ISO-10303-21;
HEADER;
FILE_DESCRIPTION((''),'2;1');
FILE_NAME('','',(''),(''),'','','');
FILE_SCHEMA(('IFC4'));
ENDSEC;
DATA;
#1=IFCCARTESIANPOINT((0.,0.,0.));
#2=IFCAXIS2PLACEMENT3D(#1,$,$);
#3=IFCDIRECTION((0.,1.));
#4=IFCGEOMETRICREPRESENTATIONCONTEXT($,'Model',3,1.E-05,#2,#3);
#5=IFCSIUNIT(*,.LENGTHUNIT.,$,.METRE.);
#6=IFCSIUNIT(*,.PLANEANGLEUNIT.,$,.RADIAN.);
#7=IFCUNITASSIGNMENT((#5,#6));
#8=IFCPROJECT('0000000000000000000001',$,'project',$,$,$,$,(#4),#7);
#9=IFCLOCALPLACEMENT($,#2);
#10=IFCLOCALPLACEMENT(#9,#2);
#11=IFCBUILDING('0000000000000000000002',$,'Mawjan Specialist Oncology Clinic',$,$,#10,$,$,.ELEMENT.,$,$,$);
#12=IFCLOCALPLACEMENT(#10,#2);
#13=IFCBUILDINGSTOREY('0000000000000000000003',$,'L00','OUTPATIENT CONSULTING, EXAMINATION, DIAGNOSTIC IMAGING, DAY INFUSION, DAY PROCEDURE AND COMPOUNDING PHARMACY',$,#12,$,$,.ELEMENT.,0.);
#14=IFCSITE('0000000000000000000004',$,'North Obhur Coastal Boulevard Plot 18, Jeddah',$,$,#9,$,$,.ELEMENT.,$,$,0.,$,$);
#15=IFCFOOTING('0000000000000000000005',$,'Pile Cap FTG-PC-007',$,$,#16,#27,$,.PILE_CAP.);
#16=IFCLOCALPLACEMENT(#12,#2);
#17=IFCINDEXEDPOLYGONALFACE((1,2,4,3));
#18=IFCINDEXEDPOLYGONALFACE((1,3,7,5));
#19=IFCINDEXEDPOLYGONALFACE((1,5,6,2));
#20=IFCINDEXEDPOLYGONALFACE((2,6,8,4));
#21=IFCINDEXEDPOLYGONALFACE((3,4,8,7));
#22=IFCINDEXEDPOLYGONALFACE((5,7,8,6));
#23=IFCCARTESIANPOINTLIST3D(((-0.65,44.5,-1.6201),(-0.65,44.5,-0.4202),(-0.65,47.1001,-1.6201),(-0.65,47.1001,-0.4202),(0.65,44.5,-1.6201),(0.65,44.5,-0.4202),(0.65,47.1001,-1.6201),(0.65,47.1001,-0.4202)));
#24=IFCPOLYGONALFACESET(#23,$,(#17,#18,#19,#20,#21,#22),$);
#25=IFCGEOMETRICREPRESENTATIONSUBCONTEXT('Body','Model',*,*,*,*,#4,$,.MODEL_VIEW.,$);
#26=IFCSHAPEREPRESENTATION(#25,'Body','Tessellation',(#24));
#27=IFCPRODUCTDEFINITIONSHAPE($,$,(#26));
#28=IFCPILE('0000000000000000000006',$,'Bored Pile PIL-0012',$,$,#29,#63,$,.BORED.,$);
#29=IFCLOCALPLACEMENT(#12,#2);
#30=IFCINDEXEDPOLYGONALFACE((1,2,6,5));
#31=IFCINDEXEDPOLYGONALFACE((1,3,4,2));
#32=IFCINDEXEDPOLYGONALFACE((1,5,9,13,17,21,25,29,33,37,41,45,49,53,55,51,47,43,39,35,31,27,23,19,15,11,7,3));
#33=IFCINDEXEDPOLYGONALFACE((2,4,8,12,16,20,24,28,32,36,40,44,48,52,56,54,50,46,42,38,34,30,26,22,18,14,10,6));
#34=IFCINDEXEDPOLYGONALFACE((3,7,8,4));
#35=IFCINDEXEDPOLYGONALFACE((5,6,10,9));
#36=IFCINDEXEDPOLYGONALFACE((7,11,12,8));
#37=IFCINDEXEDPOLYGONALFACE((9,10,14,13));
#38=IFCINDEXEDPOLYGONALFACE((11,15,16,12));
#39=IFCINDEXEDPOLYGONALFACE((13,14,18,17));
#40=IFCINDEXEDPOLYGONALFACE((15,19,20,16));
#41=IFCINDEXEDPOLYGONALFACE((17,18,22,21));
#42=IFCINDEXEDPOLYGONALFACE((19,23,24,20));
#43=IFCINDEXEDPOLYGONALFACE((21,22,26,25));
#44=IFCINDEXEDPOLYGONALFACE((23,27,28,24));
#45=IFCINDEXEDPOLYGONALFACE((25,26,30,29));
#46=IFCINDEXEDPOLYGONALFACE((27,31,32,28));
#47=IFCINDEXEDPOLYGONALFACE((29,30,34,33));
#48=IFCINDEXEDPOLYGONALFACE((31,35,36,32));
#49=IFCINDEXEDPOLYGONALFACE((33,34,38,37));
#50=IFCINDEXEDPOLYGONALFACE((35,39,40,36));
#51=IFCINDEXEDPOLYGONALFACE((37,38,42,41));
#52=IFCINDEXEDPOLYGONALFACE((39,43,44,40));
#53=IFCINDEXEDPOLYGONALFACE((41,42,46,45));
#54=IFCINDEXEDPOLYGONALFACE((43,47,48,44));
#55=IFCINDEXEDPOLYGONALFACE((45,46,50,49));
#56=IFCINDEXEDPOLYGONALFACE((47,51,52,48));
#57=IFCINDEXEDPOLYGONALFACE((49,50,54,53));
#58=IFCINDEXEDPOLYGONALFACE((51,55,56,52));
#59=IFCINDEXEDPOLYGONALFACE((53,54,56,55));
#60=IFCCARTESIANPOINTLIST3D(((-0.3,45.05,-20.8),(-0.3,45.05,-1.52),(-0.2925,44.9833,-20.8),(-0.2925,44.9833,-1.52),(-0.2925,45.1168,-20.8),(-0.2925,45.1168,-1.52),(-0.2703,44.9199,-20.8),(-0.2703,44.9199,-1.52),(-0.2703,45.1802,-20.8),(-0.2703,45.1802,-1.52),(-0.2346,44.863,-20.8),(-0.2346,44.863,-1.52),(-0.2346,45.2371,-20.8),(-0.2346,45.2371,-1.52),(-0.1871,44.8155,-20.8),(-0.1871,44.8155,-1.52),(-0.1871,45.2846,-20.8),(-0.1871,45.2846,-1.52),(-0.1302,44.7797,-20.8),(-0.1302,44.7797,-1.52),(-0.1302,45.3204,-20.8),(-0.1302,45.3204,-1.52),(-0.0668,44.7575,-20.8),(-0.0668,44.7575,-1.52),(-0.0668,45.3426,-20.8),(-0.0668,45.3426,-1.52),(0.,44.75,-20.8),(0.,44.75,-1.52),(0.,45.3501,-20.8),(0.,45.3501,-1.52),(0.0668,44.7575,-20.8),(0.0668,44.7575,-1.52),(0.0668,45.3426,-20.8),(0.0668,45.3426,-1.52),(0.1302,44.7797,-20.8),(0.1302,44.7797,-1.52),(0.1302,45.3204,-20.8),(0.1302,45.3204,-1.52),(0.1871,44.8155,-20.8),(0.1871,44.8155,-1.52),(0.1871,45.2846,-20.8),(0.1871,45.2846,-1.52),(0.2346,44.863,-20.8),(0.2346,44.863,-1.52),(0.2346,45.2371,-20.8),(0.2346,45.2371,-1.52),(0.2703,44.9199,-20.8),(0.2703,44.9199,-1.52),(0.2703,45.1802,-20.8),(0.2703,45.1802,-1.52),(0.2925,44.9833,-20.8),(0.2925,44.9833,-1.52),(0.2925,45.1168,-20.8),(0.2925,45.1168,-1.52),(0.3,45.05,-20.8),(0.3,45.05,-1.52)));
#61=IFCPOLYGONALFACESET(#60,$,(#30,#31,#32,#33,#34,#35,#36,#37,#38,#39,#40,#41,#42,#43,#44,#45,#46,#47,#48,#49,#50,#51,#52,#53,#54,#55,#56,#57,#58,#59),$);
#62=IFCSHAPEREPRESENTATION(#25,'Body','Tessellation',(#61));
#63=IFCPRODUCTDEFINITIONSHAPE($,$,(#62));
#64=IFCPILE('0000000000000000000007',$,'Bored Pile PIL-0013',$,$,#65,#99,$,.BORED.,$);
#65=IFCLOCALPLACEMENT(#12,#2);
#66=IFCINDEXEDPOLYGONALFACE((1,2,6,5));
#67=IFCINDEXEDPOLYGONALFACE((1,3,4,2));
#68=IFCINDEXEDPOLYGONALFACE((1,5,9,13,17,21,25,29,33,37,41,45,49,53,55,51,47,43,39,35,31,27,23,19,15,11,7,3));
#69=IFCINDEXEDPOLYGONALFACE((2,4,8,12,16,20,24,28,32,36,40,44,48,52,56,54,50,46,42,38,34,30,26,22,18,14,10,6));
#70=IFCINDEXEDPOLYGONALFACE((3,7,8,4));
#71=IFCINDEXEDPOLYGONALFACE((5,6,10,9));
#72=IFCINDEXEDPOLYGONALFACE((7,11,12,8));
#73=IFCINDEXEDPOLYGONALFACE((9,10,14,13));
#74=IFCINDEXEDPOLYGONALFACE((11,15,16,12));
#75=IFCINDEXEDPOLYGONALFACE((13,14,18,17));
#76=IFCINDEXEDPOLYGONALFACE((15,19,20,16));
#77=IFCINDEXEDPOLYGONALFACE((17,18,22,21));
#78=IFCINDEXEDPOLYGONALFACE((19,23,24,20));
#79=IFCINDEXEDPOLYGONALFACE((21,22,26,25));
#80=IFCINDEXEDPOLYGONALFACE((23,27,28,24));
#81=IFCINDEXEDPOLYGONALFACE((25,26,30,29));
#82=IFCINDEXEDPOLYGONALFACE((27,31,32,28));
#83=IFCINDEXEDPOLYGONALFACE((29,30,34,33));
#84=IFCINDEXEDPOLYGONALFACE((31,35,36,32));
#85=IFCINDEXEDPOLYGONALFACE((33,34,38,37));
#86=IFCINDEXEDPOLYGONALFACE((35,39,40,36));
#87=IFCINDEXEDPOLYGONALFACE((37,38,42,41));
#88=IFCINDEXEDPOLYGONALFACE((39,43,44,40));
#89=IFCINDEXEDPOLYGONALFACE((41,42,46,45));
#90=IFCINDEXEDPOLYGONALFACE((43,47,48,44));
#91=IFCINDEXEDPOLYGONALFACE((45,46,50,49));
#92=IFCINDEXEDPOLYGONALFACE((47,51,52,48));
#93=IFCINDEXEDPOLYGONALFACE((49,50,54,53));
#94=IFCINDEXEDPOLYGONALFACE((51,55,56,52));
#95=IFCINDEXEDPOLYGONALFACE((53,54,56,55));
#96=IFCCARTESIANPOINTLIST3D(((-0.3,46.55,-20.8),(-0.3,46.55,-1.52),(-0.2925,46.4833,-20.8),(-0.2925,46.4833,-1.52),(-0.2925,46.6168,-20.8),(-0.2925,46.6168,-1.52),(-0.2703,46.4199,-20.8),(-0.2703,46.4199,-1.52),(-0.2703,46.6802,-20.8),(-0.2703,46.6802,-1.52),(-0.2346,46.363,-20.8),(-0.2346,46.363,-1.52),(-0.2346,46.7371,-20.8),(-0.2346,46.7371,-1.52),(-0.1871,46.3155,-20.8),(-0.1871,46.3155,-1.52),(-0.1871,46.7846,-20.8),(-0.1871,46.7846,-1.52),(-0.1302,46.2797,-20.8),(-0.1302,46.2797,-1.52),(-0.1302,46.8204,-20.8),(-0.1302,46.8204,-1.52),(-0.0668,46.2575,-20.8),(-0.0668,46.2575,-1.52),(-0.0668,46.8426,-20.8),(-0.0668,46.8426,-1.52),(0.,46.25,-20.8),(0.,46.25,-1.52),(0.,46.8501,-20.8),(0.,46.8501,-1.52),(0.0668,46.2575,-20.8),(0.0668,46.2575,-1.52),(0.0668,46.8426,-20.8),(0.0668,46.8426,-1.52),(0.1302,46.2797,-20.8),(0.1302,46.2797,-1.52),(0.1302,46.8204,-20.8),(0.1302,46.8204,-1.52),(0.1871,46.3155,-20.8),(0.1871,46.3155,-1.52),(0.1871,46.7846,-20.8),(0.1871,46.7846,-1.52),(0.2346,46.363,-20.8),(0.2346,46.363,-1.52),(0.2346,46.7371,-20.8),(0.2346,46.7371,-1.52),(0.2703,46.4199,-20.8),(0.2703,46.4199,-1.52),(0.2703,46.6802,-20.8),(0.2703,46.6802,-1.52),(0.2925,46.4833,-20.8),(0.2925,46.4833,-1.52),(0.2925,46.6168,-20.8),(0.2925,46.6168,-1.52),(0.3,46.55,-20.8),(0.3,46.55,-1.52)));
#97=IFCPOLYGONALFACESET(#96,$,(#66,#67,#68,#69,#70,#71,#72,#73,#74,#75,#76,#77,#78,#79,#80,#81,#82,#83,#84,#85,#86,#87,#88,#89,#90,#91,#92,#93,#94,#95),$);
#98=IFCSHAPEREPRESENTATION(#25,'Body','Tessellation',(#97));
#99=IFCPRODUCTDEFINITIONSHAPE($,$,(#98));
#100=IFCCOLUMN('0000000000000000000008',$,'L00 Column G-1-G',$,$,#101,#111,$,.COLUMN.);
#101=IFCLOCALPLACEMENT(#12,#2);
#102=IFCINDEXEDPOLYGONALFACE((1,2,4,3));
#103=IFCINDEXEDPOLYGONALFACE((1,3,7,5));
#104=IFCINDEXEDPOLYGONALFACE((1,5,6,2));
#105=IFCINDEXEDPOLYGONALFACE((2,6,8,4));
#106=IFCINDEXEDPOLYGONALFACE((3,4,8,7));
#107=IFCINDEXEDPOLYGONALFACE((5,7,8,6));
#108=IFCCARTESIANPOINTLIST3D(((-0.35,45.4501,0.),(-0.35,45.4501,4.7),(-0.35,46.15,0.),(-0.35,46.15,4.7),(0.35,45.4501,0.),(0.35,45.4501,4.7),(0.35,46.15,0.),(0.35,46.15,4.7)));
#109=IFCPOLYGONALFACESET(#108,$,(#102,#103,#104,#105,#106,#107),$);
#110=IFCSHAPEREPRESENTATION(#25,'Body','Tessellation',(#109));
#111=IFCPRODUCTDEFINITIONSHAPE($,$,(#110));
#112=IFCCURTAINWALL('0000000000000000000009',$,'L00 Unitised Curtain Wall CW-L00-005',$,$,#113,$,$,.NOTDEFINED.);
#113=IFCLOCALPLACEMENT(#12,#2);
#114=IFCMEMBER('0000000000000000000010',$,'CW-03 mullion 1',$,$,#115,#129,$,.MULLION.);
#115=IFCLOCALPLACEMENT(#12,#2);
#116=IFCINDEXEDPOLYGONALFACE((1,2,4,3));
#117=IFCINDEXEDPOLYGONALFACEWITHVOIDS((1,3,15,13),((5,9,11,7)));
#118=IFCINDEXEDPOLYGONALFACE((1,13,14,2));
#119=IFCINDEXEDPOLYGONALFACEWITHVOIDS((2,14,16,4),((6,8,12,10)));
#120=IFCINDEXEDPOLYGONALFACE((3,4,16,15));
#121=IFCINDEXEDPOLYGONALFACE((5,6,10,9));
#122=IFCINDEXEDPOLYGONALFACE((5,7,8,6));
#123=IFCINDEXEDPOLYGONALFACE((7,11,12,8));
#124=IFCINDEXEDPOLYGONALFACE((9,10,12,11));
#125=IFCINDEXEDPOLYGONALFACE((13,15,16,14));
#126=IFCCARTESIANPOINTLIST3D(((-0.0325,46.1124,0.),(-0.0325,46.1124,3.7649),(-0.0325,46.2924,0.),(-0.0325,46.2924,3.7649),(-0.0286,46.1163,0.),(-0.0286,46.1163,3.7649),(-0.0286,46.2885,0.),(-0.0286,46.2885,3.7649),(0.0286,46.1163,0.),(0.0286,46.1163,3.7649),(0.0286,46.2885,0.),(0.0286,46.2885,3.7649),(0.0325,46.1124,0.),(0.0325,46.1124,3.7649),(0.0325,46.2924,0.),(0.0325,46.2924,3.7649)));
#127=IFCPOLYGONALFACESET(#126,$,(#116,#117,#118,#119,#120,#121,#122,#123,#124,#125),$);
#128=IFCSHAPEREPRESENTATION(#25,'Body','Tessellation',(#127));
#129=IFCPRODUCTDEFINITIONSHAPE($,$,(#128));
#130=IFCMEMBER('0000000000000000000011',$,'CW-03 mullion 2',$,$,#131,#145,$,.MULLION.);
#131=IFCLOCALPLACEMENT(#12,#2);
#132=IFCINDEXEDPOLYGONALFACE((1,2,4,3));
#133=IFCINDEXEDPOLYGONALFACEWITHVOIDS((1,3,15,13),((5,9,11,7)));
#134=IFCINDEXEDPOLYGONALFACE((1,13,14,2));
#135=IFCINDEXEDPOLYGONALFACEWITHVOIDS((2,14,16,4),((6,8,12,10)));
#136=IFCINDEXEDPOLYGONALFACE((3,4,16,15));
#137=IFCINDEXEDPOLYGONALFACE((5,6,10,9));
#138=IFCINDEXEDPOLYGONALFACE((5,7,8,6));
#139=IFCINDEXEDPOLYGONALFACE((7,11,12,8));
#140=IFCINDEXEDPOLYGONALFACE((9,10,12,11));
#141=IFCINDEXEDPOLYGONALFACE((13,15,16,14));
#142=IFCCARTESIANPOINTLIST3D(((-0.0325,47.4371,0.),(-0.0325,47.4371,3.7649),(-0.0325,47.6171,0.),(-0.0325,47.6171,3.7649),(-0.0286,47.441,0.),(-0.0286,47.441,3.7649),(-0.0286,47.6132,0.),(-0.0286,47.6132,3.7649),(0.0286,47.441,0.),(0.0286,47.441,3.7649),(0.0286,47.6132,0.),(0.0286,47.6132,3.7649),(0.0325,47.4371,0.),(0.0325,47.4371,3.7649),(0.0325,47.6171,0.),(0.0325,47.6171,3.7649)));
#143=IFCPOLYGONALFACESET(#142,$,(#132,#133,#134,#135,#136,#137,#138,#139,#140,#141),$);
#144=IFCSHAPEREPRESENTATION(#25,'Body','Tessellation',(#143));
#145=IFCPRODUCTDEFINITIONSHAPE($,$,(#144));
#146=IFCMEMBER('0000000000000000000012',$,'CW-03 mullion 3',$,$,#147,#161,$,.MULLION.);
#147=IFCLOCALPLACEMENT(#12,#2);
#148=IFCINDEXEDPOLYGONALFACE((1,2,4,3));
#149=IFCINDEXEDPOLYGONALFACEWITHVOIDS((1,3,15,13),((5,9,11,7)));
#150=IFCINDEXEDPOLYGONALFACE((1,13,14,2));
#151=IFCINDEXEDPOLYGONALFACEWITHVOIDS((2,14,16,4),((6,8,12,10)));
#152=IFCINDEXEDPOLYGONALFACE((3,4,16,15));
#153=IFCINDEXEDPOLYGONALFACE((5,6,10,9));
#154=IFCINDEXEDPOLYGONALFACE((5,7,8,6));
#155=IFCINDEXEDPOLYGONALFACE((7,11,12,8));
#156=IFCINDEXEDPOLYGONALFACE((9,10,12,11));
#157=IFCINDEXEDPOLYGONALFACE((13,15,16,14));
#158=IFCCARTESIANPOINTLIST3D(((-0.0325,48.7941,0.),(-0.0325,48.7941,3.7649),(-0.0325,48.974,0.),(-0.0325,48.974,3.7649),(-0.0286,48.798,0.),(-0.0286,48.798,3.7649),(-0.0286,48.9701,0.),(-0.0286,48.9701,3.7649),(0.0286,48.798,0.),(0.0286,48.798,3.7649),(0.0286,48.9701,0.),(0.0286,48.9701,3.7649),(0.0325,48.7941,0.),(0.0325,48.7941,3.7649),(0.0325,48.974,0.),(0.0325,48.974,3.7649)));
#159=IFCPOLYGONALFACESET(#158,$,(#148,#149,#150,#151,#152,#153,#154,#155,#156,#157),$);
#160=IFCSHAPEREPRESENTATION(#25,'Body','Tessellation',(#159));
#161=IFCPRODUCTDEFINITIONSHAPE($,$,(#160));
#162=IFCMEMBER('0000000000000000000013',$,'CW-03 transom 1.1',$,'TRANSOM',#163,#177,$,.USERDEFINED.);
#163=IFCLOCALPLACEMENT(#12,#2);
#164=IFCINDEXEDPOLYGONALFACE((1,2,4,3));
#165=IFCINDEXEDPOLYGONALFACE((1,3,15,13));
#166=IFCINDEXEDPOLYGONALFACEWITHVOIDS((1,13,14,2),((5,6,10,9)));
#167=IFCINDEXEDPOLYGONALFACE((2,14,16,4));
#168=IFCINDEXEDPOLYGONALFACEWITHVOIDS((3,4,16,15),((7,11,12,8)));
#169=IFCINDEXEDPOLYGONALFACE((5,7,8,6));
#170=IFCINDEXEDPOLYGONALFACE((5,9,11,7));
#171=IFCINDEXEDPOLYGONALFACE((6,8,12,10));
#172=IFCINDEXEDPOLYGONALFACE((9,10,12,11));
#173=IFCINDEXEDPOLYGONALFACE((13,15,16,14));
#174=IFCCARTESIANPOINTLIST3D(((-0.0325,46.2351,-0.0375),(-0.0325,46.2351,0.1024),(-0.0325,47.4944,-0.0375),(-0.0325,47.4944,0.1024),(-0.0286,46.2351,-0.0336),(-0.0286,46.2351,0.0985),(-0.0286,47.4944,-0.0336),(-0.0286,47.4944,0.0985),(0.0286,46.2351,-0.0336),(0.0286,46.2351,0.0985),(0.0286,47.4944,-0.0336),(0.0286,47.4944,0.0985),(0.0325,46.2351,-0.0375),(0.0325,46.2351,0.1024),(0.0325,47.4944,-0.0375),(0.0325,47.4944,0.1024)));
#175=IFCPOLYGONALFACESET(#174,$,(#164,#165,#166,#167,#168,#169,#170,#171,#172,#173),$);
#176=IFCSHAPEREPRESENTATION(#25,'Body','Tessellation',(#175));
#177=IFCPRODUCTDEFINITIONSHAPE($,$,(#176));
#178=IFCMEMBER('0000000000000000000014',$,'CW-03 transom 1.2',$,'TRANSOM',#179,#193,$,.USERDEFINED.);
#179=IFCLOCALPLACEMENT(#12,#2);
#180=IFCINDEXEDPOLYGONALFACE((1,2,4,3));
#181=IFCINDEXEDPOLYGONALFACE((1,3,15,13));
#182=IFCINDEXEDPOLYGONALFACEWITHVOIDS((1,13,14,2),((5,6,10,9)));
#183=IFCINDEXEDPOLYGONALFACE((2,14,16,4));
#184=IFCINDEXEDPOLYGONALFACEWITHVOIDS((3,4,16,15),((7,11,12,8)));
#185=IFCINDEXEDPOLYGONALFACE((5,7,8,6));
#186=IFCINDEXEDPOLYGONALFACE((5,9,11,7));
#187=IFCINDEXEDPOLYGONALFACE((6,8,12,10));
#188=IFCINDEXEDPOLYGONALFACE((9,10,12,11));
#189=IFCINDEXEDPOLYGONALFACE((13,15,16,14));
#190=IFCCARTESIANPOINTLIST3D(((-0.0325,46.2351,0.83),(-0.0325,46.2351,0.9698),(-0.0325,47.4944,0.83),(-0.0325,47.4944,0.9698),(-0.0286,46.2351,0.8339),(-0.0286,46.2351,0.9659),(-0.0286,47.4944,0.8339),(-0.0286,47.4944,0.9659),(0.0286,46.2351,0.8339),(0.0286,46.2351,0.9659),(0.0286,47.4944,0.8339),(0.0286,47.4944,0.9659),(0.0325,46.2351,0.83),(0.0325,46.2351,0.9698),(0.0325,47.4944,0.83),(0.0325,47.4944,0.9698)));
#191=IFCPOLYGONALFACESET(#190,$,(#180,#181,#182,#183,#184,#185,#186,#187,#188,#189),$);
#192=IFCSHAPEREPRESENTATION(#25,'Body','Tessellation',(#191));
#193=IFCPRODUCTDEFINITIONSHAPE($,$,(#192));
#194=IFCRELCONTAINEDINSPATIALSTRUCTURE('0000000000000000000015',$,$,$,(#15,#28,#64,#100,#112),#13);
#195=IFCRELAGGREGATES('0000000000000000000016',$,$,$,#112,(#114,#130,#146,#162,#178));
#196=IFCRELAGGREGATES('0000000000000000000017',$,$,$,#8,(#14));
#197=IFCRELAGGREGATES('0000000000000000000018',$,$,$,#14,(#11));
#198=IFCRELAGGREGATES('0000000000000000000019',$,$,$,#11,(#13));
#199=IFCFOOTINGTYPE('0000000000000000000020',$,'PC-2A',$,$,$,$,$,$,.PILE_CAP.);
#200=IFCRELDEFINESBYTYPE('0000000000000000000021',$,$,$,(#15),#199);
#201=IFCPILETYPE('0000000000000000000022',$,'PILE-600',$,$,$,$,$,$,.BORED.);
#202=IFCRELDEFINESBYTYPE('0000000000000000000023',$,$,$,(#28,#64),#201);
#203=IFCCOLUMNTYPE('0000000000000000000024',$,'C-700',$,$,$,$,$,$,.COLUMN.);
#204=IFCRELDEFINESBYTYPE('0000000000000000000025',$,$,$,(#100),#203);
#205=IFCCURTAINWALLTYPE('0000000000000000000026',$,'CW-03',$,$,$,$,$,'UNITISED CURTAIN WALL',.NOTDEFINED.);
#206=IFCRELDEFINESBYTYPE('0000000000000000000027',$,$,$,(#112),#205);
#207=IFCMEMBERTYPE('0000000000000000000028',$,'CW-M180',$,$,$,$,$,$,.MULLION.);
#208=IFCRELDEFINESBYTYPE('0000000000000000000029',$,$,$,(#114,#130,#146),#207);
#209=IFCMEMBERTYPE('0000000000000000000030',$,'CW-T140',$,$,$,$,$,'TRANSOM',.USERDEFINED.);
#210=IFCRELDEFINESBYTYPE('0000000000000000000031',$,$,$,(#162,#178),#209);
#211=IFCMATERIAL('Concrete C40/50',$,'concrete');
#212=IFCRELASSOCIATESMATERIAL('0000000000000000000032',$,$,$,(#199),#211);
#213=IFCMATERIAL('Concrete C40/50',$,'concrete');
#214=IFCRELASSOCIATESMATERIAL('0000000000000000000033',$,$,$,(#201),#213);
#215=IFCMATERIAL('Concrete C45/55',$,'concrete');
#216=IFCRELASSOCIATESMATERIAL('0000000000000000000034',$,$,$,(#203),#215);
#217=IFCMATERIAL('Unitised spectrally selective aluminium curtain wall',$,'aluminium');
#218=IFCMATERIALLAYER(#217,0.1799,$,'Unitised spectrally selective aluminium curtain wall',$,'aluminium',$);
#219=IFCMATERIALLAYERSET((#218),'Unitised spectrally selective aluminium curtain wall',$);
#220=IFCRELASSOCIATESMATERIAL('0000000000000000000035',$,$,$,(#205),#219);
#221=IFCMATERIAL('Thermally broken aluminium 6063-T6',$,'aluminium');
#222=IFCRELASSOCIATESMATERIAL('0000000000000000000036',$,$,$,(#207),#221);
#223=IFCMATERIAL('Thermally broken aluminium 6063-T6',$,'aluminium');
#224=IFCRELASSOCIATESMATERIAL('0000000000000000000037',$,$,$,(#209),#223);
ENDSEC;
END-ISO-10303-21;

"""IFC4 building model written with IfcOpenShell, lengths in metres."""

from ifc_helpers import new_model, si_unit, direction, frame, origin, origin_2d, place, context, subcontext, project, spatial, rectangle, hollow_rectangle, circle, extrude, material, layer, layer_set, material_profile, profile_set, type_object, element, aggregate, save


model = new_model("IFC4")

# Units and contexts
model_context = context("Model", 3, precision=1e-05, world=origin(), true_north=direction((0.0, 1.0)))
body_context = subcontext(model_context, "Body", "Model", "MODEL_VIEW")
ifc_project = project(units=[si_unit("LENGTHUNIT", "METRE"), si_unit("PLANEANGLEUNIT", "RADIAN")], contexts=[model_context])

# Site, building, storey
site_placement = place(None, origin())
site = spatial("IfcSite", under=ifc_project, at=site_placement, Name="North Obhur Coastal Boulevard Plot 18, Jeddah", CompositionType="ELEMENT", RefElevation=0.0)
building_placement = place(site_placement, origin())
building = spatial("IfcBuilding", under=site, at=building_placement, Name="Mawjan Specialist Oncology Clinic", CompositionType="ELEMENT")
storey_placement = place(building_placement, origin())
storey = spatial("IfcBuildingStorey", under=building, at=storey_placement, Name="L00", Description="OUTPATIENT CONSULTING, EXAMINATION, DIAGNOSTIC IMAGING, DAY INFUSION, DAY PROCEDURE AND COMPOUNDING PHARMACY", CompositionType="ELEMENT", Elevation=0.0)

# Footing
ifc_material_1 = material(Name="Concrete C40/50", Category="concrete")
footing_type = type_object("IfcFootingType", Name="PC-2A", PredefinedType="PILE_CAP", material=ifc_material_1)
footing_placement = place(storey_placement, frame((0.0, 45.8, -1.6201), z_axis=(0.0, 0.0, 1.0), x_axis=(0.0, 1.0, 0.0)))
element("IfcFooting", 1, at=footing_placement, inside=storey, type_object=footing_type, Name="Pile Cap FTG-PC-007", PredefinedType="PILE_CAP", context=body_context, shape_type="SweptSolid", body=[
    extrude(rectangle(XDim=2.6001, YDim=1.3, at=origin_2d()), origin(), (0.0, 0.0, 1.0), 1.2),
])

# Piles
ifc_material_2 = material(Name="Concrete C40/50", Category="concrete")
ifc_material_profile_1 = material_profile(ifc_material_2, circle(Radius=0.3, at=origin_2d()), Name="BORED PILE D600", Category="concrete")
ifc_profile_set_1 = profile_set([ifc_material_profile_1], Name="Concrete C40/50")
pile_type = type_object("IfcPileType", Name="PILE-600", PredefinedType="BORED", material=ifc_profile_set_1)
for number, where, z_axis, x_axis, name in (
    (2, (0.0, 45.05, -1.52), (0.0, 0.0, -1.0), (1.0, 0.0, 0.0), "Bored Pile PIL-0012"),
    (3, (0.0, 46.55, -1.52), (0.0, 0.0, -1.0), (1.0, 0.0, 0.0), "Bored Pile PIL-0013"),
):
    element("IfcPile", number, at=place(storey_placement, frame(where, z_axis=z_axis, x_axis=x_axis)), inside=storey, type_object=pile_type, Name=name, PredefinedType="BORED", context=body_context, shape_type="SweptSolid", body=[
        extrude(circle(Radius=0.3, at=origin_2d()), origin(), (0.0, 0.0, 1.0), 19.28),
    ])

# Column
ifc_material_3 = material(Name="Concrete C45/55", Category="concrete")
ifc_material_profile_2 = material_profile(ifc_material_3, rectangle(XDim=0.7, YDim=0.7, at=origin_2d()), Name="RC COL 700x700", Category="concrete")
ifc_profile_set_2 = profile_set([ifc_material_profile_2], Name="Concrete C45/55")
column_type = type_object("IfcColumnType", Name="C-700", PredefinedType="COLUMN", material=ifc_profile_set_2)
column_placement = place(storey_placement, frame((0.0, 45.8, 0.0), z_axis=(0.0, 0.0, 1.0), x_axis=(1.0, 0.0, 0.0)))
element("IfcColumn", 4, at=column_placement, inside=storey, type_object=column_type, Name="L00 Column G-1-G", PredefinedType="COLUMN", context=body_context, shape_type="SweptSolid", body=[
    extrude(rectangle(XDim=0.7, YDim=0.7, at=origin_2d()), origin(), (0.0, 0.0, 1.0), 4.7),
])

# Curtain wall, members
ifc_material_4 = material(Name="Unitised spectrally selective aluminium curtain wall", Category="aluminium")
ifc_layer_1 = layer(ifc_material_4, 0.1799, Name="Unitised spectrally selective aluminium curtain wall", Category="aluminium")
ifc_layer_set_1 = layer_set([ifc_layer_1], Name="Unitised spectrally selective aluminium curtain wall")
curtain_wall_type = type_object("IfcCurtainWallType", Name="CW-03", ElementType="UNITISED CURTAIN WALL", PredefinedType="NOTDEFINED", material=ifc_layer_set_1)
curtain_wall_placement = place(storey_placement, origin())
curtain_wall = element("IfcCurtainWall", 5, at=curtain_wall_placement, inside=storey, type_object=curtain_wall_type, Name="L00 Unitised Curtain Wall CW-L00-005", PredefinedType="NOTDEFINED")
ifc_material_5 = material(Name="Thermally broken aluminium 6063-T6", Category="aluminium")
ifc_material_profile_3 = material_profile(ifc_material_5, hollow_rectangle(XDim=0.0649, YDim=0.1799, WallThickness=0.0039, at=origin_2d()), Name="ALU MULLION 180x65x4", Category="aluminium")
ifc_profile_set_3 = profile_set([ifc_material_profile_3], Name="Thermally broken aluminium 6063-T6")
member_type_1 = type_object("IfcMemberType", Name="CW-M180", PredefinedType="MULLION", material=ifc_profile_set_3)
member_1_placement = place(storey_placement, frame((0.0, 46.2024, 0.0), z_axis=(0.0, 0.0, 1.0), x_axis=(-1.0, 0.0, 0.0)))
member_1 = element("IfcMember", 6, at=member_1_placement, type_object=member_type_1, Name="CW-03 mullion 1", PredefinedType="MULLION", context=body_context, shape_type="SweptSolid", body=[
    extrude(hollow_rectangle(XDim=0.0649, YDim=0.1799, WallThickness=0.0039, at=origin_2d()), origin(), (0.0, 0.0, 1.0), 3.7649),
])
member_2_placement = place(storey_placement, frame((0.0, 47.5271, 0.0), z_axis=(0.0, 0.0, 1.0), x_axis=(-1.0, 0.0, 0.0)))
member_2 = element("IfcMember", 7, at=member_2_placement, type_object=member_type_1, Name="CW-03 mullion 2", PredefinedType="MULLION", context=body_context, shape_type="SweptSolid", body=[
    extrude(hollow_rectangle(XDim=0.0649, YDim=0.1799, WallThickness=0.0039, at=origin_2d()), origin(), (0.0, 0.0, 1.0), 3.7649),
])
member_3_placement = place(storey_placement, frame((0.0, 48.884, 0.0), z_axis=(0.0, 0.0, 1.0), x_axis=(-1.0, 0.0, 0.0)))
member_3 = element("IfcMember", 8, at=member_3_placement, type_object=member_type_1, Name="CW-03 mullion 3", PredefinedType="MULLION", context=body_context, shape_type="SweptSolid", body=[
    extrude(hollow_rectangle(XDim=0.0649, YDim=0.1799, WallThickness=0.0039, at=origin_2d()), origin(), (0.0, 0.0, 1.0), 3.7649),
])
ifc_material_6 = material(Name="Thermally broken aluminium 6063-T6", Category="aluminium")
ifc_material_profile_4 = material_profile(ifc_material_6, hollow_rectangle(XDim=0.0649, YDim=0.1399, WallThickness=0.0039, at=origin_2d()), Name="ALU TRANSOM 140x65x4", Category="aluminium")
ifc_profile_set_4 = profile_set([ifc_material_profile_4], Name="Thermally broken aluminium 6063-T6")
member_type_2 = type_object("IfcMemberType", Name="CW-T140", ElementType="TRANSOM", PredefinedType="USERDEFINED", material=ifc_profile_set_4)
member_4_placement = place(storey_placement, frame((0.0, 46.2351, 0.0325), z_axis=(0.0, 1.0, 0.0), x_axis=(-1.0, 0.0, 0.0)))
member_4 = element("IfcMember", 9, at=member_4_placement, type_object=member_type_2, Name="CW-03 transom 1.1", ObjectType="TRANSOM", PredefinedType="USERDEFINED", context=body_context, shape_type="SweptSolid", body=[
    extrude(hollow_rectangle(XDim=0.0649, YDim=0.1399, WallThickness=0.0039, at=origin_2d()), origin(), (0.0, 0.0, 1.0), 1.2593),
])
member_5_placement = place(storey_placement, frame((0.0, 46.2351, 0.8999), z_axis=(0.0, 1.0, 0.0), x_axis=(-1.0, 0.0, 0.0)))
member_5 = element("IfcMember", 10, at=member_5_placement, type_object=member_type_2, Name="CW-03 transom 1.2", ObjectType="TRANSOM", PredefinedType="USERDEFINED", context=body_context, shape_type="SweptSolid", body=[
    extrude(hollow_rectangle(XDim=0.0649, YDim=0.1399, WallThickness=0.0039, at=origin_2d()), origin(), (0.0, 0.0, 1.0), 1.2593),
])
aggregate(curtain_wall, [member_1, member_2, member_3, member_4, member_5])

save(model, "model.ifc")
